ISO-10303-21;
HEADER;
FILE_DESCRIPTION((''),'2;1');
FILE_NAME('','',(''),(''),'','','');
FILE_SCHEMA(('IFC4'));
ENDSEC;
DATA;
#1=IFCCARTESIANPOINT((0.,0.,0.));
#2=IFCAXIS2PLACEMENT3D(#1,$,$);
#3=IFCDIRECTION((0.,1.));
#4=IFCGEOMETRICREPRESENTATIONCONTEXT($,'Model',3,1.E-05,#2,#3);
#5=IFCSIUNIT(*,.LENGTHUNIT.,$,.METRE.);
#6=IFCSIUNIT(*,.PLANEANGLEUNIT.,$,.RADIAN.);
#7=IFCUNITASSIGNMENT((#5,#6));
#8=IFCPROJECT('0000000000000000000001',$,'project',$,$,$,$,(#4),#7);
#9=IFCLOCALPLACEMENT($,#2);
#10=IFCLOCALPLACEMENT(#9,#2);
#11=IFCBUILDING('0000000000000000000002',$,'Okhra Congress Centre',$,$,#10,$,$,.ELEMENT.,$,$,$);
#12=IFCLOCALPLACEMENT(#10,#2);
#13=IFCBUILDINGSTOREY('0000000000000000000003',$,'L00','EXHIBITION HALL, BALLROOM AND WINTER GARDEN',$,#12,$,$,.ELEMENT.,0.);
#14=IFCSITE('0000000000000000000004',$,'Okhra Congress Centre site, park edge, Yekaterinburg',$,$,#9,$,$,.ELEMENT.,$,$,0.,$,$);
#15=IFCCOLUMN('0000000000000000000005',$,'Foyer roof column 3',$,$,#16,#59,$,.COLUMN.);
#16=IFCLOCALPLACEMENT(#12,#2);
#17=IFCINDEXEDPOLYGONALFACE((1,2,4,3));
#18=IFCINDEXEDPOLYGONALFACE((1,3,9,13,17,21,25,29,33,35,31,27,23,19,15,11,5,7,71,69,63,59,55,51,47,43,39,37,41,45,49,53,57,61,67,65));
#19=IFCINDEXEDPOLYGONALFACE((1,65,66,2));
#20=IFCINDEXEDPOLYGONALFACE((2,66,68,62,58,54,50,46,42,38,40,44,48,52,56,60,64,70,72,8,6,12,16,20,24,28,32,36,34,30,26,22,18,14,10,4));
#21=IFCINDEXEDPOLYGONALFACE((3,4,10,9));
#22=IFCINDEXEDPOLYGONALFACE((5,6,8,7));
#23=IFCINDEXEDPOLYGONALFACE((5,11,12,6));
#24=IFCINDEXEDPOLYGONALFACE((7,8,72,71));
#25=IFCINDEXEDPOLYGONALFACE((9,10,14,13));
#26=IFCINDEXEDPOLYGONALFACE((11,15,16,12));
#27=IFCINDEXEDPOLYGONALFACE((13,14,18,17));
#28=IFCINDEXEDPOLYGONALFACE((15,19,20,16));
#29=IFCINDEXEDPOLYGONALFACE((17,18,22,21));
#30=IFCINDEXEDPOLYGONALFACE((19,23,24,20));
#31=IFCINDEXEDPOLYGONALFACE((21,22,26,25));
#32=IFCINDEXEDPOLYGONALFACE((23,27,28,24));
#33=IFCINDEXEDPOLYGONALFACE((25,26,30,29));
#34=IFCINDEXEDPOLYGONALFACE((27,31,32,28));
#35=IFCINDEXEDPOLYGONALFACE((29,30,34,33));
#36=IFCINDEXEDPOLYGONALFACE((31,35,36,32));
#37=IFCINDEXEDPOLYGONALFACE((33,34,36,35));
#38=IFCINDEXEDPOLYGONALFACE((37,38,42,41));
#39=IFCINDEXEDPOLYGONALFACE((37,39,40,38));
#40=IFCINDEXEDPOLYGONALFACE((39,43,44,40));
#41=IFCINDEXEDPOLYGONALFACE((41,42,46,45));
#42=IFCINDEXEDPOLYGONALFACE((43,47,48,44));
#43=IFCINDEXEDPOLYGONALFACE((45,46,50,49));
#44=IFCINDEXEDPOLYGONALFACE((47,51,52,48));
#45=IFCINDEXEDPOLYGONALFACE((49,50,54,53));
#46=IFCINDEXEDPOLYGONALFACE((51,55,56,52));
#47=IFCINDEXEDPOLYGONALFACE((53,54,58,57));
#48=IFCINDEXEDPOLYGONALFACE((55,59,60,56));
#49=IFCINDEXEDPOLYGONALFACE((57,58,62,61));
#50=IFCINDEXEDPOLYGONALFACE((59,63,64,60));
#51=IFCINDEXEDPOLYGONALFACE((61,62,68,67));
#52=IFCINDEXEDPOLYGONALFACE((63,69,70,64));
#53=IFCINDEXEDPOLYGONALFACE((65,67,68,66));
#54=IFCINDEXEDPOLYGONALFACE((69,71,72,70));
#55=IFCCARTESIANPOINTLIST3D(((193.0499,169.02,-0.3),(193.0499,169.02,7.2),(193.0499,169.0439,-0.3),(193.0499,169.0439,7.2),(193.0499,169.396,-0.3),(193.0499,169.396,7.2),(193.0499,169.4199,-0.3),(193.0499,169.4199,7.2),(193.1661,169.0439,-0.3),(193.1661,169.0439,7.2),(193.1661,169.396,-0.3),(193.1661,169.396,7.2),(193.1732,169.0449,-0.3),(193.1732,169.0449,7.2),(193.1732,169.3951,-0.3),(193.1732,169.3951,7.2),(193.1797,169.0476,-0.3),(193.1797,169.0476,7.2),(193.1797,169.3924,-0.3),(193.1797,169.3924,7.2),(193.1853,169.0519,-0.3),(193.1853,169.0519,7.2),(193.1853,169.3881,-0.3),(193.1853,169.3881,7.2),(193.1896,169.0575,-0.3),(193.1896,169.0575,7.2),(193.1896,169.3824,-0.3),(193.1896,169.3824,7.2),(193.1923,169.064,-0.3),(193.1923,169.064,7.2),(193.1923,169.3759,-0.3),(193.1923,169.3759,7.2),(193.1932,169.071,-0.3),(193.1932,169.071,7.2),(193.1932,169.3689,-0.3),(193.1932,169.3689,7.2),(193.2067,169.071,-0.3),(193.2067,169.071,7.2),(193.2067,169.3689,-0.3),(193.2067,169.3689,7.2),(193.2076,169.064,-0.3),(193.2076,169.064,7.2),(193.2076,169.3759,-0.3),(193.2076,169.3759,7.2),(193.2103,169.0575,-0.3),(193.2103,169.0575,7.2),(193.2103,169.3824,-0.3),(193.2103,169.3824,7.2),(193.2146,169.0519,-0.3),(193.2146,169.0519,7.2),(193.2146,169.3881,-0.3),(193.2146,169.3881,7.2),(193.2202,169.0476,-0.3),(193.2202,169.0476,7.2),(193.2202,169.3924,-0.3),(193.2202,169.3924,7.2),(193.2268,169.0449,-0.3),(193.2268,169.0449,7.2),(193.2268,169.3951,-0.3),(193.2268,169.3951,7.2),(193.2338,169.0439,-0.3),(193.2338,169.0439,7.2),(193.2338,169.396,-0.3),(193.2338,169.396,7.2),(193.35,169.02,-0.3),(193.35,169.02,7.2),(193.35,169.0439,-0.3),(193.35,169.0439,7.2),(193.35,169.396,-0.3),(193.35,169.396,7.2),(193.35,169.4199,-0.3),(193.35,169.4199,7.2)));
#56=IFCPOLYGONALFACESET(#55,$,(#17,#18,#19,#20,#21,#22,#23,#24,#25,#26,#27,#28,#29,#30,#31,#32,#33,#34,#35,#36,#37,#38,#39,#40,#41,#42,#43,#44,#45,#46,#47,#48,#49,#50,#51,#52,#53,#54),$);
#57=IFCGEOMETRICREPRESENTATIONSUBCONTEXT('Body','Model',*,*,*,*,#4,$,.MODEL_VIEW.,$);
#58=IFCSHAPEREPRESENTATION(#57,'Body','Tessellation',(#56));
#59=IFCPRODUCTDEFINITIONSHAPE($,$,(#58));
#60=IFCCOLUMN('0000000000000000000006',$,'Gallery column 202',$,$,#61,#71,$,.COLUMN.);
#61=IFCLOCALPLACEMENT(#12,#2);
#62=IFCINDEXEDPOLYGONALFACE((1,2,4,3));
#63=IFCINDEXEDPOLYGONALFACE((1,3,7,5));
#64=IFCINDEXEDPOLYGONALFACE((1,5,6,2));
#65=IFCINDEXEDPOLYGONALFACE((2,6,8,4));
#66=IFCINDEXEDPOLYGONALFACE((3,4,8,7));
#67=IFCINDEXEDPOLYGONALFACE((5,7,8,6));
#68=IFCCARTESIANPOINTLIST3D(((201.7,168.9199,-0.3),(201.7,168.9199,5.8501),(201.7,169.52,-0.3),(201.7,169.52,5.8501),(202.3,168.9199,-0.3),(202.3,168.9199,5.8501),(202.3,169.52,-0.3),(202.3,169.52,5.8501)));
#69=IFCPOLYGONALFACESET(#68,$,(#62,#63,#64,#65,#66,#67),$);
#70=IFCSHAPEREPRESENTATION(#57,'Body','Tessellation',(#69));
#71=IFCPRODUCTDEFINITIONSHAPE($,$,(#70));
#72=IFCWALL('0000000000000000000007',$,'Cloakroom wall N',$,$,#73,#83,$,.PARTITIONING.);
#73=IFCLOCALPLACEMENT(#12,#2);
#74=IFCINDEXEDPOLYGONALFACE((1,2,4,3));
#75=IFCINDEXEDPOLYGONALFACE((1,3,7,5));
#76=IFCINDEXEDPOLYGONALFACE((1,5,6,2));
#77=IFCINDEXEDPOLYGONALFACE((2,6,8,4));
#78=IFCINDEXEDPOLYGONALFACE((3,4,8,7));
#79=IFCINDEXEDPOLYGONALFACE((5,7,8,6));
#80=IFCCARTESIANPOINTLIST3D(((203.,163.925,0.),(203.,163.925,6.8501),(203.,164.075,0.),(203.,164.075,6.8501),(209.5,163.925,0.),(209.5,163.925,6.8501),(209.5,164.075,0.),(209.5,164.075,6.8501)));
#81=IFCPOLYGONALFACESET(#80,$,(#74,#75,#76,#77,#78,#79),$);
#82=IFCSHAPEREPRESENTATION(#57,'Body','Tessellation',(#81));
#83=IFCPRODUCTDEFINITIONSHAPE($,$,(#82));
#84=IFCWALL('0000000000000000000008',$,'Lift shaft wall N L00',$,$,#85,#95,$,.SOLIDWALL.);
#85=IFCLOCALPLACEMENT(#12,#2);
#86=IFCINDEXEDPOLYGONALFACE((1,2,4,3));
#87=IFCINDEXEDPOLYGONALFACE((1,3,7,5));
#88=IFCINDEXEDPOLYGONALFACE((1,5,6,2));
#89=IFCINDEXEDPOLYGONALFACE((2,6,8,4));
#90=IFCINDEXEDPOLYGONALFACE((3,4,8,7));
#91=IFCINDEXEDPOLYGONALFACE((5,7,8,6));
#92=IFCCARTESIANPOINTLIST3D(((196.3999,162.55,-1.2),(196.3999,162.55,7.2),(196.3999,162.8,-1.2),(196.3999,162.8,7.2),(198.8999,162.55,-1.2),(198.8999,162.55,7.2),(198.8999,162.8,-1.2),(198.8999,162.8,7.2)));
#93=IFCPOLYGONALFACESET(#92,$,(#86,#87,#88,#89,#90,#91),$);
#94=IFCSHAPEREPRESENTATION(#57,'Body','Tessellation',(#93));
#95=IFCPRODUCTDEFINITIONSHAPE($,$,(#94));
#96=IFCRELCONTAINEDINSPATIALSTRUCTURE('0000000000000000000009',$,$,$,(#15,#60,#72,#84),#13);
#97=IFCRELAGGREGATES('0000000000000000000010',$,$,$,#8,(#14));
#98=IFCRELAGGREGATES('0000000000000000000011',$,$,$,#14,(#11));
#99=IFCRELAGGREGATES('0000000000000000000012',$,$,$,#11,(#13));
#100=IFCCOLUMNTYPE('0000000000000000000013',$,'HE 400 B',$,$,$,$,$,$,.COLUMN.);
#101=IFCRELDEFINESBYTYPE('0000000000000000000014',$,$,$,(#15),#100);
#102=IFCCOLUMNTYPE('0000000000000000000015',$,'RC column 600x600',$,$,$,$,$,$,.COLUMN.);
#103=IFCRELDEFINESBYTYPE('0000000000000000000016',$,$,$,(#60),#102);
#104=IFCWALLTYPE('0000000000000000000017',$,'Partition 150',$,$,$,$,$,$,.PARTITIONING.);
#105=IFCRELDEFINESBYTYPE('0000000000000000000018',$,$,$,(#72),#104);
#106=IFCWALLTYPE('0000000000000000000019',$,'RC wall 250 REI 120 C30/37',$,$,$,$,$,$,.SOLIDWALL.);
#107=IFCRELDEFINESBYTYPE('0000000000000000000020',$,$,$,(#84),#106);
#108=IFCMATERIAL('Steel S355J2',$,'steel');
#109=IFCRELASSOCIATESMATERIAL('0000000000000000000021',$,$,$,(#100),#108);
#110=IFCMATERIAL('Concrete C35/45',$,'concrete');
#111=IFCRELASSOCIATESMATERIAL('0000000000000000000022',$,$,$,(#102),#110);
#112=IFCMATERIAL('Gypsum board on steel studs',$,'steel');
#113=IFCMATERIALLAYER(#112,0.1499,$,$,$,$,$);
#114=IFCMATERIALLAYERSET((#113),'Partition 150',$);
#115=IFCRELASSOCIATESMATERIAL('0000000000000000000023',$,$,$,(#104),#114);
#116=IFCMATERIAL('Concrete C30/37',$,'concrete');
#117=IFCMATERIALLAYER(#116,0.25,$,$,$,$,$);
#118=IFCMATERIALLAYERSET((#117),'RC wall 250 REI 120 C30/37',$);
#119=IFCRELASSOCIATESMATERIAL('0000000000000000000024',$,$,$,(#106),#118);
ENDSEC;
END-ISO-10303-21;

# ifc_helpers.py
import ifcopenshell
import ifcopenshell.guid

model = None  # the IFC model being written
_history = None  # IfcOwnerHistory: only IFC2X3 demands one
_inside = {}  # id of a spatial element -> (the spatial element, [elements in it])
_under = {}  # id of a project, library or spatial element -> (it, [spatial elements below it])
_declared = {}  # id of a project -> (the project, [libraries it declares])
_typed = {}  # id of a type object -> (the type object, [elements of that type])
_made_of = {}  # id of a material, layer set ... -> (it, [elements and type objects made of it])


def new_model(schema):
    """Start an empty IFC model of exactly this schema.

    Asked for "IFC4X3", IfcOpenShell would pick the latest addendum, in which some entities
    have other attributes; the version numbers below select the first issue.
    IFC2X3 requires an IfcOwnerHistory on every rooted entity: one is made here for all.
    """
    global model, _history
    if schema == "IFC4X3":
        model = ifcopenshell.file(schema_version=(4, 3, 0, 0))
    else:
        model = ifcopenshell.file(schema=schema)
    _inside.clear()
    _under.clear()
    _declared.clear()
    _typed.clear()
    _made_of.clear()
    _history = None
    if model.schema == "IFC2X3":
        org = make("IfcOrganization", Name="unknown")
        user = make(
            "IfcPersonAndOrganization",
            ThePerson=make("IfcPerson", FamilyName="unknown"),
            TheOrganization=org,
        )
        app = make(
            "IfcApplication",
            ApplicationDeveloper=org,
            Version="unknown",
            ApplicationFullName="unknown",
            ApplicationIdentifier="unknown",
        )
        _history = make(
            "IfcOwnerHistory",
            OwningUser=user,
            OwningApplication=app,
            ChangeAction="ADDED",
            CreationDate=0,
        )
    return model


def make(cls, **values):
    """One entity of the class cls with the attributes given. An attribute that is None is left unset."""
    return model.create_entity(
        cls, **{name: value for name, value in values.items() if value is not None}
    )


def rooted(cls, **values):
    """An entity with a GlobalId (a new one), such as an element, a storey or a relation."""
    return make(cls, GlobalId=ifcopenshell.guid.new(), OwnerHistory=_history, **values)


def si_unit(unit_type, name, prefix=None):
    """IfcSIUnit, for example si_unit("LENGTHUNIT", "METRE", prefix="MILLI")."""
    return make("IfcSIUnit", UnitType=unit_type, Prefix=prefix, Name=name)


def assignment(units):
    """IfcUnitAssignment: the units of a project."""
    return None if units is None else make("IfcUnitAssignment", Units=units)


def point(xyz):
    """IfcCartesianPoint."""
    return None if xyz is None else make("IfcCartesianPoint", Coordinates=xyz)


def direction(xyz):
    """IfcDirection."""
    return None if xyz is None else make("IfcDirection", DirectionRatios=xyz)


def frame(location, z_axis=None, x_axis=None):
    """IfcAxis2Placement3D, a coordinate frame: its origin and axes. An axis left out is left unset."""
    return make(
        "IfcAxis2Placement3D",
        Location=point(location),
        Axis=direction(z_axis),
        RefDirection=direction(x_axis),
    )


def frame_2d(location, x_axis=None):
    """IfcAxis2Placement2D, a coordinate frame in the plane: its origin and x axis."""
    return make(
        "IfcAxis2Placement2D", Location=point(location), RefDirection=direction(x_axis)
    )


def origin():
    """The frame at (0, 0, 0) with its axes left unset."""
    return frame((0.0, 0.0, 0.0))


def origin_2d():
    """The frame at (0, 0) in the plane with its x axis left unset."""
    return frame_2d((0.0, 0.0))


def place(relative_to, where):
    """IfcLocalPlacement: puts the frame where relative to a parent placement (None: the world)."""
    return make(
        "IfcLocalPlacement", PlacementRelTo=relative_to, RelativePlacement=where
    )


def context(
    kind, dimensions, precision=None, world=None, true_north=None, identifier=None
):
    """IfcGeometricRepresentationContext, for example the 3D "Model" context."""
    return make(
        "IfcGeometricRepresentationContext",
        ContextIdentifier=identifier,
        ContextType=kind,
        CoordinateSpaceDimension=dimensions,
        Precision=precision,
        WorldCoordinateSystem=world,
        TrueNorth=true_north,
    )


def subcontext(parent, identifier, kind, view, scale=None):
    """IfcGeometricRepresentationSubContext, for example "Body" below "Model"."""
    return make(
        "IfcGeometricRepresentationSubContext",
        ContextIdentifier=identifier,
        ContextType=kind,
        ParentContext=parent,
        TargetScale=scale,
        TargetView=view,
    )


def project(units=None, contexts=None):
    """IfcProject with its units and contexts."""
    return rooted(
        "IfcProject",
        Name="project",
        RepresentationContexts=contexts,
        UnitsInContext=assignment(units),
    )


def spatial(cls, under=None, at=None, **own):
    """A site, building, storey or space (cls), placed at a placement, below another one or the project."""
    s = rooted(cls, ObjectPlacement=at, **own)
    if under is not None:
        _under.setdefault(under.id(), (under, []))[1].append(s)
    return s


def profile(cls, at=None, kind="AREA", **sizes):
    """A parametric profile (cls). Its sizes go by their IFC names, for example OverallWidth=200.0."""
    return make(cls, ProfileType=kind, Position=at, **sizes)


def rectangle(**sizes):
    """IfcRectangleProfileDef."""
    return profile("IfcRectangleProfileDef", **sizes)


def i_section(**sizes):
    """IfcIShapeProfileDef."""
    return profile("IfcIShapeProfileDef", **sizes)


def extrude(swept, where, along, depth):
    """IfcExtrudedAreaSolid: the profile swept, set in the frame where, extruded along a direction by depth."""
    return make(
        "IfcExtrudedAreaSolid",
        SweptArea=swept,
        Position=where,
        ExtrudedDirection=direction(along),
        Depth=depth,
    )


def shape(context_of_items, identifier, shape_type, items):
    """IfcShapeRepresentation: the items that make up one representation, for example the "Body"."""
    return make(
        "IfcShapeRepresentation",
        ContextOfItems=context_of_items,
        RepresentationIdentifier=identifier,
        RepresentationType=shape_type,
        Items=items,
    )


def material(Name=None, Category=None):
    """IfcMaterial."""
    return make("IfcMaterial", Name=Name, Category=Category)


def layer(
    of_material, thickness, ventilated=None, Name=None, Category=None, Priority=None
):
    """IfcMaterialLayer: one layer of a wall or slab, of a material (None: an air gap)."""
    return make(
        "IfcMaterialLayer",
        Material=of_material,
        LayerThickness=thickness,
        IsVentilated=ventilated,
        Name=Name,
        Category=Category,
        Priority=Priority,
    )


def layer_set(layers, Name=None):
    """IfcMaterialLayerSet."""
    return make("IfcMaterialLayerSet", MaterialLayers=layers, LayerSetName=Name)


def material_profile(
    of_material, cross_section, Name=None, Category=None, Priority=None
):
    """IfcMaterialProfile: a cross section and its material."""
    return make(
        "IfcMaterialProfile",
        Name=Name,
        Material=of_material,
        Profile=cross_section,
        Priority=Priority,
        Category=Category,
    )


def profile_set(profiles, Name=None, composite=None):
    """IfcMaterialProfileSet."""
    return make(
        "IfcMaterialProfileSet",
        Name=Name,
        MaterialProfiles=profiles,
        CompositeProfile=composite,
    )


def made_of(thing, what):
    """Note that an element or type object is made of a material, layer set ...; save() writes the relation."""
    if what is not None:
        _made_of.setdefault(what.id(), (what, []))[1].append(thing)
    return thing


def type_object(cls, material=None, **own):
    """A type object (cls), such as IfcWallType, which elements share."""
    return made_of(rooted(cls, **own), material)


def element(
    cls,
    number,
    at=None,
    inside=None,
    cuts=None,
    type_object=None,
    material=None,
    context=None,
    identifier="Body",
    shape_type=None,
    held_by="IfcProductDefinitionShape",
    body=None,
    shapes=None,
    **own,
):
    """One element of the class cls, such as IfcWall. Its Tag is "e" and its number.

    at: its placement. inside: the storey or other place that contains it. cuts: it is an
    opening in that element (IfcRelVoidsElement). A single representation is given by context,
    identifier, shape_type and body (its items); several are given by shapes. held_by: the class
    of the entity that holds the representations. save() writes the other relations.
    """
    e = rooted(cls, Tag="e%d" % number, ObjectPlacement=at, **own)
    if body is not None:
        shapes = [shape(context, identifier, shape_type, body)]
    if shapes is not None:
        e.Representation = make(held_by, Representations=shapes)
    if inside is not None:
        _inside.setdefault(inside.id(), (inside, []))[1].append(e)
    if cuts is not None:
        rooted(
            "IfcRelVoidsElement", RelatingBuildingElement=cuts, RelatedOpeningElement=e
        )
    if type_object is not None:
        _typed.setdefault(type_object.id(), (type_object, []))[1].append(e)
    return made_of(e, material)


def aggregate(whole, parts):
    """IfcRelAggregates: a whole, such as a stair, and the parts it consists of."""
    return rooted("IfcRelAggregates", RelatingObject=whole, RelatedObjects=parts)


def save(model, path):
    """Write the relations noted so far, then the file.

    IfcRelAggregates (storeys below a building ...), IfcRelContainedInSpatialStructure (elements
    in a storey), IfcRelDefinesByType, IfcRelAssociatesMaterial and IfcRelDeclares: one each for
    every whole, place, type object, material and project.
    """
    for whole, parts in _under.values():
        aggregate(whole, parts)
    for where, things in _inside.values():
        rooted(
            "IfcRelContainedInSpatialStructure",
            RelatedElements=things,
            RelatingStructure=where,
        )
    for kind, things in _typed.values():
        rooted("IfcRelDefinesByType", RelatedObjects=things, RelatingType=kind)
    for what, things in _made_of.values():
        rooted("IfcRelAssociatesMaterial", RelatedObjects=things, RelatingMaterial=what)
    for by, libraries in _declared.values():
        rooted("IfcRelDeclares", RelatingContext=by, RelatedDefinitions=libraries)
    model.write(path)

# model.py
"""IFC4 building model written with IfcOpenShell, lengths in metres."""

from ifc_helpers import new_model, si_unit, direction, frame, frame_2d, origin, origin_2d, place, context, subcontext, project, spatial, rectangle, i_section, extrude, material, layer, layer_set, material_profile, profile_set, type_object, element, save


model = new_model("IFC4")

# Units and contexts
model_context = context("Model", 3, precision=1e-05, world=origin(), true_north=direction((0.0, 1.0)))
body_context = subcontext(model_context, "Body", "Model", "MODEL_VIEW")
ifc_project = project(units=[si_unit("LENGTHUNIT", "METRE"), si_unit("PLANEANGLEUNIT", "RADIAN")], contexts=[model_context])

# Site, building, storey
site_placement = place(None, origin())
site = spatial("IfcSite", under=ifc_project, at=site_placement, Name="Okhra Congress Centre site, park edge, Yekaterinburg", CompositionType="ELEMENT", RefElevation=0.0)
building_placement = place(site_placement, origin())
building = spatial("IfcBuilding", under=site, at=building_placement, Name="Okhra Congress Centre", CompositionType="ELEMENT")
storey_placement = place(building_placement, origin())
storey = spatial("IfcBuildingStorey", under=building, at=storey_placement, Name="L00", Description="EXHIBITION HALL, BALLROOM AND WINTER GARDEN", CompositionType="ELEMENT", Elevation=0.0)

# Shared definitions
ifc_material_1 = material(Name="Concrete C30/37", Category="concrete")

# Shared definitions
ifc_material_2 = material(Name="Concrete C35/45", Category="concrete")

# Columns
ifc_material_3 = material(Name="Steel S355J2", Category="steel")
ifc_material_profile_1 = material_profile(ifc_material_3, i_section(OverallWidth=0.3, OverallDepth=0.3999, WebThickness=0.0134, FlangeThickness=0.0239, FilletRadius=0.0271, at=origin_2d()), Name="HE 400 B")
ifc_profile_set_1 = profile_set([ifc_material_profile_1], Name="Steel S355J2")
column_type_1 = type_object("IfcColumnType", Name="HE 400 B", PredefinedType="COLUMN", material=ifc_profile_set_1)
for number, where, z_axis, x_axis, name in (
    (1, (193.2, 169.22, -0.3), (0.0, 0.0, 1.0), (1.0, 0.0, 0.0), "Foyer roof column 3"),
):
    element("IfcColumn", number, at=place(storey_placement, frame(where, z_axis=z_axis, x_axis=x_axis)), inside=storey, type_object=column_type_1, Name=name, PredefinedType="COLUMN", context=body_context, shape_type="SweptSolid", body=[
        extrude(i_section(OverallWidth=0.3, OverallDepth=0.3999, WebThickness=0.0134, FlangeThickness=0.0239, FilletRadius=0.0271, at=origin_2d()), origin(), (0.0, 0.0, 1.0), 7.5),
    ])
ifc_material_profile_2 = material_profile(ifc_material_2, rectangle(XDim=0.6001, YDim=0.6001, at=origin_2d()), Name="RC column 600x600")
ifc_profile_set_2 = profile_set([ifc_material_profile_2], Name="Concrete C35/45")
column_type_2 = type_object("IfcColumnType", Name="RC column 600x600", PredefinedType="COLUMN", material=ifc_profile_set_2)
column_placement = place(storey_placement, frame((202.0, 169.22, -0.3), z_axis=(0.0, 0.0, 1.0), x_axis=(1.0, 0.0, 0.0)))
element("IfcColumn", 2, at=column_placement, inside=storey, type_object=column_type_2, Name="Gallery column 202", PredefinedType="COLUMN", context=body_context, shape_type="SweptSolid", body=[
    extrude(rectangle(XDim=0.6001, YDim=0.6001, at=origin_2d()), origin(), (0.0, 0.0, 1.0), 6.1501),
])

# Walls
ifc_material_4 = material(Name="Gypsum board on steel studs", Category="steel")
ifc_layer_1 = layer(ifc_material_4, 0.1499)
ifc_layer_set_1 = layer_set([ifc_layer_1], Name="Partition 150")
wall_type_1 = type_object("IfcWallType", Name="Partition 150", PredefinedType="PARTITIONING", material=ifc_layer_set_1)
wall_1_placement = place(storey_placement, frame((203.0, 164.0, 0.0), z_axis=(0.0, 0.0, 1.0), x_axis=(1.0, 0.0, 0.0)))
element("IfcWall", 3, at=wall_1_placement, inside=storey, type_object=wall_type_1, Name="Cloakroom wall N", PredefinedType="PARTITIONING", context=body_context, shape_type="SweptSolid", body=[
    extrude(rectangle(XDim=6.5, YDim=0.1499, at=frame_2d((3.25, 0.0))), origin(), (0.0, 0.0, 1.0), 6.8501),
])
ifc_layer_2 = layer(ifc_material_1, 0.25)
ifc_layer_set_2 = layer_set([ifc_layer_2], Name="RC wall 250 REI 120 C30/37")
wall_type_2 = type_object("IfcWallType", Name="RC wall 250 REI 120 C30/37", PredefinedType="SOLIDWALL", material=ifc_layer_set_2)
wall_2_placement = place(storey_placement, frame((196.3999, 162.675, -1.2), z_axis=(0.0, 0.0, 1.0), x_axis=(1.0, 0.0, 0.0)))
element("IfcWall", 4, at=wall_2_placement, inside=storey, type_object=wall_type_2, Name="Lift shaft wall N L00", PredefinedType="SOLIDWALL", context=body_context, shape_type="SweptSolid", body=[
    extrude(rectangle(XDim=2.5, YDim=0.25, at=frame_2d((1.25, 0.0))), origin(), (0.0, 0.0, 1.0), 8.3999),
])

save(model, "model.ifc")
